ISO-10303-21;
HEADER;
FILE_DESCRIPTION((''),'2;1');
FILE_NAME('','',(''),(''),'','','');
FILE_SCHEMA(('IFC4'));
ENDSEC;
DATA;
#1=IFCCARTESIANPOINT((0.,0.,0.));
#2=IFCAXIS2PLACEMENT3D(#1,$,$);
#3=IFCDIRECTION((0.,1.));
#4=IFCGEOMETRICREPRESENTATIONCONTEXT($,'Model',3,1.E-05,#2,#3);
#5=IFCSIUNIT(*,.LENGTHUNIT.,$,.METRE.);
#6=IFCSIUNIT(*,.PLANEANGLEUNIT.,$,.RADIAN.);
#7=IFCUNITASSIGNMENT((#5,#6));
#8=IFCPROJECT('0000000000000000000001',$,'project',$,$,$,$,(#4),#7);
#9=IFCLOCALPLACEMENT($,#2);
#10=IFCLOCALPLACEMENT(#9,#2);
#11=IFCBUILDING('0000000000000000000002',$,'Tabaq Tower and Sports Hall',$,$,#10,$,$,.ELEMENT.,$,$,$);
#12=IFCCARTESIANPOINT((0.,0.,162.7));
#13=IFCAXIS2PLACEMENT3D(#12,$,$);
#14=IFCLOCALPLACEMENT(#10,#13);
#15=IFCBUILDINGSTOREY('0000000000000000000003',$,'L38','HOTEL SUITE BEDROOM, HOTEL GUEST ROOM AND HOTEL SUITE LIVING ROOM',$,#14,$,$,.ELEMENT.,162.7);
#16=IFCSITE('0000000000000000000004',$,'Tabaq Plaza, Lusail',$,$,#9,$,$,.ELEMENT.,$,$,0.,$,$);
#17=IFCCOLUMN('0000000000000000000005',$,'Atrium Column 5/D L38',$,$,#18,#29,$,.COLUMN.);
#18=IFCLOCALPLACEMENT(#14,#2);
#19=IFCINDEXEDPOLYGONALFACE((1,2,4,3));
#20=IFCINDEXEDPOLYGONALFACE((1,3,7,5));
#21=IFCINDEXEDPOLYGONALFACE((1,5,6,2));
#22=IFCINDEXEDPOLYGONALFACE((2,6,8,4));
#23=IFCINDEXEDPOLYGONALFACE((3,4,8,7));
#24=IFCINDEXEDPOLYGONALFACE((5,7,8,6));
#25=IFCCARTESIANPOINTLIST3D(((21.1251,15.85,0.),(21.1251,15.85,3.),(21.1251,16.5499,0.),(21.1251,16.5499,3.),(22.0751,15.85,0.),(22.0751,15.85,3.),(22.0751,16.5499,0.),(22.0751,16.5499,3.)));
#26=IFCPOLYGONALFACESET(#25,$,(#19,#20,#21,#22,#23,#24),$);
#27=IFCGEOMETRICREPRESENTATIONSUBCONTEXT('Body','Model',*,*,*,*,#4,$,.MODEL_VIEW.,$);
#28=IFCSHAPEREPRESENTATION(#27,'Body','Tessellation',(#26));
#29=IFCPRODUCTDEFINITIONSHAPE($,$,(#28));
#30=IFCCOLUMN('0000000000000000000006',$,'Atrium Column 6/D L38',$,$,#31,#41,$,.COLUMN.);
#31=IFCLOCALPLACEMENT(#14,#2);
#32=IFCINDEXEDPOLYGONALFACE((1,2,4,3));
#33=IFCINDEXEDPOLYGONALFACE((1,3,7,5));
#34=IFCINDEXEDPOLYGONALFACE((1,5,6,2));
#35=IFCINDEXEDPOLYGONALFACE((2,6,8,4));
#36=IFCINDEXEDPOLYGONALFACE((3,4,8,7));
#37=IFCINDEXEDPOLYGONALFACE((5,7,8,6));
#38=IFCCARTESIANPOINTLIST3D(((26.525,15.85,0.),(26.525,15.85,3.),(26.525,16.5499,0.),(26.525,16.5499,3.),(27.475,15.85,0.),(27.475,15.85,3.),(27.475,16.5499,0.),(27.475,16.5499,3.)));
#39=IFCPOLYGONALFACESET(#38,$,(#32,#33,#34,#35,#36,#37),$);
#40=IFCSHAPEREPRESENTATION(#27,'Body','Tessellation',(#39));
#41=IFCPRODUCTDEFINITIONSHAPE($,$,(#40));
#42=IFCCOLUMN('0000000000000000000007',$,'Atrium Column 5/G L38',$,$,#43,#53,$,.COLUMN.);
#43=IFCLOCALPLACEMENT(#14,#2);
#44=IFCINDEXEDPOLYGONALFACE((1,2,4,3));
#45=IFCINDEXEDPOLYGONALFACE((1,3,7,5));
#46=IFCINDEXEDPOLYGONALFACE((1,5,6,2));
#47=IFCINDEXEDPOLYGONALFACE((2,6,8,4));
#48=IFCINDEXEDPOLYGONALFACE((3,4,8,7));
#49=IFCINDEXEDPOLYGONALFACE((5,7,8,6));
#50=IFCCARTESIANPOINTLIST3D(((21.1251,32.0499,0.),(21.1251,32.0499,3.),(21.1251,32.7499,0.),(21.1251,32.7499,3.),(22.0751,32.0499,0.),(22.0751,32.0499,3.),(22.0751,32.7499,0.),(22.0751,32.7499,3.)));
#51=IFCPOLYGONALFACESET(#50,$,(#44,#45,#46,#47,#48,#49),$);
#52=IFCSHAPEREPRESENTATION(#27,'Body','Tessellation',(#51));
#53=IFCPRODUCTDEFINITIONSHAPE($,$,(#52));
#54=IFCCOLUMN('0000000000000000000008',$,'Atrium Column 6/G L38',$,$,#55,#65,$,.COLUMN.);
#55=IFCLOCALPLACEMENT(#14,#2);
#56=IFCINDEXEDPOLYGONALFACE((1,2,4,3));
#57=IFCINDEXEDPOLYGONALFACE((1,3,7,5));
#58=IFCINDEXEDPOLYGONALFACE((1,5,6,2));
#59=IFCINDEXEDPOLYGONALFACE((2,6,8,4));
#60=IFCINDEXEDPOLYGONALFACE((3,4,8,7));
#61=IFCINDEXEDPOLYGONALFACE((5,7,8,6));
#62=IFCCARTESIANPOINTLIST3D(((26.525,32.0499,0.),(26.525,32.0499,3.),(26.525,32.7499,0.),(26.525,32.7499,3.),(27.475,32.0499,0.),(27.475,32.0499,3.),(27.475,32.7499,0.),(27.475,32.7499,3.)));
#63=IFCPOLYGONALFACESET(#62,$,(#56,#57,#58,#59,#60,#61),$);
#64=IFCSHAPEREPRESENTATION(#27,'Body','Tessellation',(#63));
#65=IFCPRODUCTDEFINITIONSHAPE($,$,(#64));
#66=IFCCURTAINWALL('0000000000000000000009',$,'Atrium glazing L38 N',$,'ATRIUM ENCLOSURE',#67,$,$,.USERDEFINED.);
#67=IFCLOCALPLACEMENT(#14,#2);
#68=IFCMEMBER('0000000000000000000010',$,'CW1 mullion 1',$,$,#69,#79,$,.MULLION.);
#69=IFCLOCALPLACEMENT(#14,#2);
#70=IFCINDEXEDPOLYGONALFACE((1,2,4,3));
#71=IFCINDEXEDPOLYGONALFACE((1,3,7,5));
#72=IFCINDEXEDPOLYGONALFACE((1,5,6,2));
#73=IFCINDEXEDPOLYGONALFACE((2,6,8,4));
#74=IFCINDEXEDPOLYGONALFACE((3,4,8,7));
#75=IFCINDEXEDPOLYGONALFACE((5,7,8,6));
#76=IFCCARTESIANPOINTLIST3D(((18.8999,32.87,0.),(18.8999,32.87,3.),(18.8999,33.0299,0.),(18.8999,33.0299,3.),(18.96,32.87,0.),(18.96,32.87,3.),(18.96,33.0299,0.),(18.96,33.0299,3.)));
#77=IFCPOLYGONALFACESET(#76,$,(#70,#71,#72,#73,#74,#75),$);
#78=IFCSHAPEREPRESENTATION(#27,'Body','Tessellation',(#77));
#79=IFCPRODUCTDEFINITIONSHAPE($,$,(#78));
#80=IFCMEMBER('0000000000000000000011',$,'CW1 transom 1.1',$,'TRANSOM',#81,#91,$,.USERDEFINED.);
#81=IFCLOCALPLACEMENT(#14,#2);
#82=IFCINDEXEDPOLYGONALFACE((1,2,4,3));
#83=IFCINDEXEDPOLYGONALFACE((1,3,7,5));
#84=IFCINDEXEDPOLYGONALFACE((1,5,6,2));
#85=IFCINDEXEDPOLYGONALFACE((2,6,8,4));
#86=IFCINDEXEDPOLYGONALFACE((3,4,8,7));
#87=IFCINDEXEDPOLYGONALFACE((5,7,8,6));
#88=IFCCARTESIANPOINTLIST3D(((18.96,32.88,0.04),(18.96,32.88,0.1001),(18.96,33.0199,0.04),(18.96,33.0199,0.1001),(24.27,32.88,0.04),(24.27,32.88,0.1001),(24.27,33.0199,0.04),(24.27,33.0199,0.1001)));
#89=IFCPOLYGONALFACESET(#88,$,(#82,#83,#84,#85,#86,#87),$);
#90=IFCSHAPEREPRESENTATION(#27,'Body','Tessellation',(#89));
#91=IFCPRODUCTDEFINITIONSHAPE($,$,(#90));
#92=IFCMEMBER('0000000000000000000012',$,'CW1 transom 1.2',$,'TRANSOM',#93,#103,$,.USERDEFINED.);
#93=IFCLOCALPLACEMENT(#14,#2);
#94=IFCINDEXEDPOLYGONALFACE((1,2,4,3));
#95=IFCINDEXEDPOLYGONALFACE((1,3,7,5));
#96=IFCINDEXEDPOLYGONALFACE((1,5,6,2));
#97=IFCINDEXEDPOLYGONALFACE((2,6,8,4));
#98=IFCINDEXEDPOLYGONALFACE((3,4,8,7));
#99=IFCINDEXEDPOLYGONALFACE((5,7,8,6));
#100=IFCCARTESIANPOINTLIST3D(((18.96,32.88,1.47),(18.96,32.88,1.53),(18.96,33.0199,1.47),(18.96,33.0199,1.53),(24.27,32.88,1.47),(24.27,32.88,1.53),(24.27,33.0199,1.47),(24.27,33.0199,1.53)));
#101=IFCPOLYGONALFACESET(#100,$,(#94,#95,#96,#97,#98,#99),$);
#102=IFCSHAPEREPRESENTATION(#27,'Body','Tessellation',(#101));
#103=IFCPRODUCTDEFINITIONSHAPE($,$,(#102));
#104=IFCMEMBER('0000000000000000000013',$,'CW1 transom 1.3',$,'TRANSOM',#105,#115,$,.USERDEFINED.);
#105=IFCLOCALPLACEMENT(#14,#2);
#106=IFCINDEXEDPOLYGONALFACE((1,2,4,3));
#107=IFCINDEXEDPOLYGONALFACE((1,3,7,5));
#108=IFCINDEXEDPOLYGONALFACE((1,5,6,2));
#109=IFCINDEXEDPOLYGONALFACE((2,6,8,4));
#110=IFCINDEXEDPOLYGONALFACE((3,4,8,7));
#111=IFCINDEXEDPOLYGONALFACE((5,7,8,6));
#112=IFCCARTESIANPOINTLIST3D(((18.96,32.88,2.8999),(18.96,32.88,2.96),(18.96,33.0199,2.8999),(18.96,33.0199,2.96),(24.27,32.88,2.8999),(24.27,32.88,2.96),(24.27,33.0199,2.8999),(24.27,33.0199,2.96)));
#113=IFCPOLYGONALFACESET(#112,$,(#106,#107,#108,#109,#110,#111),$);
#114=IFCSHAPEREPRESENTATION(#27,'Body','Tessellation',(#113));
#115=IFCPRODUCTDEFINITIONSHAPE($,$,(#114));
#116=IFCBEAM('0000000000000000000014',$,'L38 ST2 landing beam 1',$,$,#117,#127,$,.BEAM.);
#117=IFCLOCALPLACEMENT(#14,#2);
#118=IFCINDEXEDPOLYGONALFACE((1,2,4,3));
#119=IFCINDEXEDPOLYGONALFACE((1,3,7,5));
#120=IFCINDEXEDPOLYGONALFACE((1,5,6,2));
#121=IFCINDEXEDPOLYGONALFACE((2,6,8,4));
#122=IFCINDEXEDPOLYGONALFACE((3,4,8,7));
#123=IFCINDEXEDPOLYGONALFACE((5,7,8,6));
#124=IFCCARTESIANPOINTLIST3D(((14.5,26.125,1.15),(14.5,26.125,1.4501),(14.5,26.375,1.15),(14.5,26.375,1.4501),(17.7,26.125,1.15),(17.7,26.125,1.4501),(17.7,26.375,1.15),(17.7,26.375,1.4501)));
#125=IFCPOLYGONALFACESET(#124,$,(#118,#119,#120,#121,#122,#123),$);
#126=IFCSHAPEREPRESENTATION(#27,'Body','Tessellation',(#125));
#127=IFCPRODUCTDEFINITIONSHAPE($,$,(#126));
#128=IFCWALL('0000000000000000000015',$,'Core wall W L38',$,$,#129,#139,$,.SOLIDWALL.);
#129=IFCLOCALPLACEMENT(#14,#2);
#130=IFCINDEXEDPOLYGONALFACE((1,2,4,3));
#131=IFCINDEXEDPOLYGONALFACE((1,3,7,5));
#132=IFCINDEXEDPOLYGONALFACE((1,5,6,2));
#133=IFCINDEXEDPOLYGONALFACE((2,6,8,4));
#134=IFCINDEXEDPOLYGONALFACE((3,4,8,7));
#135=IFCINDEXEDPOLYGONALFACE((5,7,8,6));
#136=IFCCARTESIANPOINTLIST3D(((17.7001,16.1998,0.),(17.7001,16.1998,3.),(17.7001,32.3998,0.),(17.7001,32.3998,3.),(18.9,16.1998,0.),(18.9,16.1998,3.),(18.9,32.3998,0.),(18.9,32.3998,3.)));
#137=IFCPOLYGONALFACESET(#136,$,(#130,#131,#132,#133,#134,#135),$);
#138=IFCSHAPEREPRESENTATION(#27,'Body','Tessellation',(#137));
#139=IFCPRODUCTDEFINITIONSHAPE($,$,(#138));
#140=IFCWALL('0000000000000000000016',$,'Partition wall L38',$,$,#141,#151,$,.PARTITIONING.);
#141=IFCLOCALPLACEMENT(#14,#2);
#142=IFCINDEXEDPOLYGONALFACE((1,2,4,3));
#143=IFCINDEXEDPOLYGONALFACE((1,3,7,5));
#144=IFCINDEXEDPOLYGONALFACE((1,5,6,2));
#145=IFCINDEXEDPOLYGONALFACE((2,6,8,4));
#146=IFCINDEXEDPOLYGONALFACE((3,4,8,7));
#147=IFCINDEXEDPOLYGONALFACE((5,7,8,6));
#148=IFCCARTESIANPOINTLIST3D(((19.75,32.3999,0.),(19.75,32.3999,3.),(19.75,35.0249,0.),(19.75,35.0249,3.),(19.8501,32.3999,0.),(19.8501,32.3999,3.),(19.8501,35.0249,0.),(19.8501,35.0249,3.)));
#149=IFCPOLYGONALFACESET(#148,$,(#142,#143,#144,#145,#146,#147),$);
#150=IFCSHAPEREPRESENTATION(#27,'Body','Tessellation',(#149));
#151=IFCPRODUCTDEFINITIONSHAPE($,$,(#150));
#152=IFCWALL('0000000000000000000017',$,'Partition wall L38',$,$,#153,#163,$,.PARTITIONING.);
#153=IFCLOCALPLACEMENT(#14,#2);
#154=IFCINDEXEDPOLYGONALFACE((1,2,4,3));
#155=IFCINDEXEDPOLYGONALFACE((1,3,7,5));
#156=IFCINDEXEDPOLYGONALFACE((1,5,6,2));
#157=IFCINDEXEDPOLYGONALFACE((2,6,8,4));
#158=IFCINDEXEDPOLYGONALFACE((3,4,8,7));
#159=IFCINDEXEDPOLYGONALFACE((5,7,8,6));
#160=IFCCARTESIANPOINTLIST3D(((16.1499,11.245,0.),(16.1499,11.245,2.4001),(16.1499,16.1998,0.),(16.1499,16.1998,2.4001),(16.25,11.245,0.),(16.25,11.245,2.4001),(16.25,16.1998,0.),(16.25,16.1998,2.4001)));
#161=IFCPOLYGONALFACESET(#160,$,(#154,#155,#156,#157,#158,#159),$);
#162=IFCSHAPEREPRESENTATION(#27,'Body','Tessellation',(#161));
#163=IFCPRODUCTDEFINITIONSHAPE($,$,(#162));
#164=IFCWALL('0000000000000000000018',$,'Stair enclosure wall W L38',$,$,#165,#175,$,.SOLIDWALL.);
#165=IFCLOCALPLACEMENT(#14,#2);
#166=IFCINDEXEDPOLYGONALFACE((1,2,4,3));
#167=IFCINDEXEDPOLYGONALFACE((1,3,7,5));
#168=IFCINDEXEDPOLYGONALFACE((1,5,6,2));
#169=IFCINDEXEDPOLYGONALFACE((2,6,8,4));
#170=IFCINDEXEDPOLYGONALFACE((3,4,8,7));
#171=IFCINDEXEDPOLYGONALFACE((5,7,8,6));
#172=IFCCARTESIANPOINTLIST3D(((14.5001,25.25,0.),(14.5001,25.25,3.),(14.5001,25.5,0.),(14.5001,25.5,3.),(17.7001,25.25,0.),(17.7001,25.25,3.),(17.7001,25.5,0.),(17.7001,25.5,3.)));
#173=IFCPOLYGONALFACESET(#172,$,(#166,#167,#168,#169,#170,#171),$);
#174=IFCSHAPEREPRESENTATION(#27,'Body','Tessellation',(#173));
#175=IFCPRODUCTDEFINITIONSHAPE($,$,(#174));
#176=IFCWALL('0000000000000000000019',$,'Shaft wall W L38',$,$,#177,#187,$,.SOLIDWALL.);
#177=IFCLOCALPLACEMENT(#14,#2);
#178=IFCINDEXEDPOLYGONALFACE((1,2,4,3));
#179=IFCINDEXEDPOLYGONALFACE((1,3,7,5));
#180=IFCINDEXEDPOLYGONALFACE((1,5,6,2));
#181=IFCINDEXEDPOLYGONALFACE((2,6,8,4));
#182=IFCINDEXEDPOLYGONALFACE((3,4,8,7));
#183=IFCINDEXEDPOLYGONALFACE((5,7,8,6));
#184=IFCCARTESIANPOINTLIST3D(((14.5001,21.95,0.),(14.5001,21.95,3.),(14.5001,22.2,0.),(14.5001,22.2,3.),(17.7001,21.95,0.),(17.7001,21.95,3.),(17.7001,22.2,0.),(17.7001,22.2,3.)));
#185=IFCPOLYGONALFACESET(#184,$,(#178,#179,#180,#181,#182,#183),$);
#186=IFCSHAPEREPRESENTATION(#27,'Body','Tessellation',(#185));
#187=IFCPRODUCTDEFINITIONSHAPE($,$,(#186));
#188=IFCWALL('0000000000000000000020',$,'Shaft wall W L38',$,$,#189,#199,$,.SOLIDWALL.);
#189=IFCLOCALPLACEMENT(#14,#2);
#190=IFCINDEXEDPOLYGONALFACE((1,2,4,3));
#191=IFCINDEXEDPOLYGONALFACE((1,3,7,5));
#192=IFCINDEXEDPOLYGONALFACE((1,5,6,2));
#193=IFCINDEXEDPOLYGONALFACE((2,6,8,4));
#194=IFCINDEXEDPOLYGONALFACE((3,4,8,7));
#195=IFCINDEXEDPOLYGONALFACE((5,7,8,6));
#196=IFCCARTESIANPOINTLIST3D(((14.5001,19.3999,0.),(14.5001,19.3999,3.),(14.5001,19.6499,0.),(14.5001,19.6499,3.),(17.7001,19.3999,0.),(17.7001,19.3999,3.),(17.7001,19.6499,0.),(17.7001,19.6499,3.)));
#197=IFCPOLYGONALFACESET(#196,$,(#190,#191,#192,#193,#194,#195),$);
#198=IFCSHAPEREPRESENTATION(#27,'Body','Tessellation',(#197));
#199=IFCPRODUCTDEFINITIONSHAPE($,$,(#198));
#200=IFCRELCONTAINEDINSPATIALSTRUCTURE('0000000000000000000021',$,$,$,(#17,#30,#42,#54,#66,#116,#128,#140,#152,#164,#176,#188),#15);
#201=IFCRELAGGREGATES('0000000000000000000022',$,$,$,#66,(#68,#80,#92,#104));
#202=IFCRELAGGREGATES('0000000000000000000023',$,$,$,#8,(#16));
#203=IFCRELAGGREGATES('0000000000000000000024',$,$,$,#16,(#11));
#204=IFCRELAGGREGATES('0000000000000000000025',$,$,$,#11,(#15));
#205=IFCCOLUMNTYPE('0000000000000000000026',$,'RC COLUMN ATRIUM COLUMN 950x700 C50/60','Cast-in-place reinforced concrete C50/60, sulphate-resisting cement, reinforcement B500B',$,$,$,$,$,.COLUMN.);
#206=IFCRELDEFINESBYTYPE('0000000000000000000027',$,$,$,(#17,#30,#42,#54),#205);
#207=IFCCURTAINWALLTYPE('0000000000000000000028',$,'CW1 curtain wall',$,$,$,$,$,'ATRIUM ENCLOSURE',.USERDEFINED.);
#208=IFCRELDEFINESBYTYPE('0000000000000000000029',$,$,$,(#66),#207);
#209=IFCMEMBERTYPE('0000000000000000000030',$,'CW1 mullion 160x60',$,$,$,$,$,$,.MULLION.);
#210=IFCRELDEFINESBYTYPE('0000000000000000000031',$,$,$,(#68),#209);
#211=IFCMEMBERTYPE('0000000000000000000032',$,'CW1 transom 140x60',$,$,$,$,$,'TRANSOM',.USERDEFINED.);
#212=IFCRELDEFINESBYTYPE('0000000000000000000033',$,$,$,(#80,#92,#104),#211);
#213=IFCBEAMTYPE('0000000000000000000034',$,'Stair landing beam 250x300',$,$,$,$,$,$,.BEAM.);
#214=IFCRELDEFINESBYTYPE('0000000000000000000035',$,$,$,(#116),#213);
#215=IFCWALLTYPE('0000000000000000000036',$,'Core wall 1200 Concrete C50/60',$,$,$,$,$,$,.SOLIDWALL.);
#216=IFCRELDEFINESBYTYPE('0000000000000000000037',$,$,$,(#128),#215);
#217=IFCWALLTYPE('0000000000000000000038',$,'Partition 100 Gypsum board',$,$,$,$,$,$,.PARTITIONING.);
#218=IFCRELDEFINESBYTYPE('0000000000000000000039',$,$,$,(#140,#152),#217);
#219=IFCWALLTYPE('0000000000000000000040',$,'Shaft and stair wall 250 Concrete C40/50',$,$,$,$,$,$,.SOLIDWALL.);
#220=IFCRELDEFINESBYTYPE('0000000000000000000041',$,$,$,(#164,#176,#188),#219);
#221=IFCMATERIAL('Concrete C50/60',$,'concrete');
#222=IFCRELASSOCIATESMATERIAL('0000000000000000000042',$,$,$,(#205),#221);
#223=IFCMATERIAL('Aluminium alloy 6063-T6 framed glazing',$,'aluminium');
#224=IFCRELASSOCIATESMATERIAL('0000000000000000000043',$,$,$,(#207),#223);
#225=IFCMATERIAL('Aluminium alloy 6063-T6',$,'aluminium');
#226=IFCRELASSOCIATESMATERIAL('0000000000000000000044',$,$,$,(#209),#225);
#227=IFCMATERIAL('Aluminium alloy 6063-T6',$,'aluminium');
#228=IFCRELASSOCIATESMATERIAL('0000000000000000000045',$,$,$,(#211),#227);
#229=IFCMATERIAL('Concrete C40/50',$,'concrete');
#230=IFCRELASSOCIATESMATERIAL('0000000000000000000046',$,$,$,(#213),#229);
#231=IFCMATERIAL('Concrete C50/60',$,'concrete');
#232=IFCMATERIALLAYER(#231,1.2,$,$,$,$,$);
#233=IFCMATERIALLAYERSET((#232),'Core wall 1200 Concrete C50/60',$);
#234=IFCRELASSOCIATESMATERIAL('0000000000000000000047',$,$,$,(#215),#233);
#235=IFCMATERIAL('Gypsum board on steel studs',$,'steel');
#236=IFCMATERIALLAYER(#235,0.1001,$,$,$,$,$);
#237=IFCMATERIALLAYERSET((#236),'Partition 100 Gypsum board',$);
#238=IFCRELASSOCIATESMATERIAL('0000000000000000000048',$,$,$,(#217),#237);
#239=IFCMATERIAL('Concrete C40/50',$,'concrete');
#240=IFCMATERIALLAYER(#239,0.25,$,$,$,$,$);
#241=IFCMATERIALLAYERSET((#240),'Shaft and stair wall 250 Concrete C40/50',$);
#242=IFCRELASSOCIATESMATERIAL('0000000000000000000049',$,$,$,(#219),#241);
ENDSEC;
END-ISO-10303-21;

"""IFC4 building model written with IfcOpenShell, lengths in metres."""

from ifc_helpers import new_model, si_unit, direction, frame, frame_2d, origin, origin_2d, place, context, subcontext, project, spatial, rectangle, extrude, material, layer, layer_set, material_profile, profile_set, type_object, element, aggregate, save


model = new_model("IFC4")

# Units and contexts
model_context = context("Model", 3, precision=1e-05, world=origin(), true_north=direction((0.0, 1.0)))
body_context = subcontext(model_context, "Body", "Model", "MODEL_VIEW")
ifc_project = project(units=[si_unit("LENGTHUNIT", "METRE"), si_unit("PLANEANGLEUNIT", "RADIAN")], contexts=[model_context])

# Site, building, storey
site_placement = place(None, origin())
site = spatial("IfcSite", under=ifc_project, at=site_placement, Name="Tabaq Plaza, Lusail", CompositionType="ELEMENT", RefElevation=0.0)
building_placement = place(site_placement, origin())
building = spatial("IfcBuilding", under=site, at=building_placement, Name="Tabaq Tower and Sports Hall", CompositionType="ELEMENT")
storey_placement = place(building_placement, frame((0.0, 0.0, 162.7)))
storey = spatial("IfcBuildingStorey", under=building, at=storey_placement, Name="L38", Description="HOTEL SUITE BEDROOM, HOTEL GUEST ROOM AND HOTEL SUITE LIVING ROOM", CompositionType="ELEMENT", Elevation=162.7)

# Columns
ifc_material_1 = material(Name="Concrete C50/60", Category="concrete")
ifc_material_profile_1 = material_profile(ifc_material_1, rectangle(XDim=0.95, YDim=0.7, at=origin_2d()), Name="ATRIUM COLUMN 950x700")
ifc_profile_set_1 = profile_set([ifc_material_profile_1], Name="Concrete C50/60")
column_type = type_object("IfcColumnType", Name="RC COLUMN ATRIUM COLUMN 950x700 C50/60", Description="Cast-in-place reinforced concrete C50/60, sulphate-resisting cement, reinforcement B500B", PredefinedType="COLUMN", material=ifc_profile_set_1)
for number, where, z_axis, x_axis, name in (
    (1, (21.6001, 16.2, 0.0), (0.0, 0.0, 1.0), (1.0, 0.0, 0.0), "Atrium Column 5/D L38"),
    (2, (27.0, 16.2, 0.0), (0.0, 0.0, 1.0), (1.0, 0.0, 0.0), "Atrium Column 6/D L38"),
    (3, (21.6001, 32.3999, 0.0), (0.0, 0.0, 1.0), (1.0, 0.0, 0.0), "Atrium Column 5/G L38"),
    (4, (27.0, 32.3999, 0.0), (0.0, 0.0, 1.0), (1.0, 0.0, 0.0), "Atrium Column 6/G L38"),
):
    element("IfcColumn", number, at=place(storey_placement, frame(where, z_axis=z_axis, x_axis=x_axis)), inside=storey, type_object=column_type, Name=name, PredefinedType="COLUMN", context=body_context, shape_type="SweptSolid", body=[
        extrude(rectangle(XDim=0.95, YDim=0.7, at=origin_2d()), origin(), (0.0, 0.0, 1.0), 3.0),
    ])

# Curtain wall, members
ifc_material_2 = material(Name="Aluminium alloy 6063-T6 framed glazing", Category="aluminium")
curtain_wall_type = type_object("IfcCurtainWallType", Name="CW1 curtain wall", ElementType="ATRIUM ENCLOSURE", PredefinedType="USERDEFINED", material=ifc_material_2)
curtain_wall_placement = place(storey_placement, origin())
curtain_wall = element("IfcCurtainWall", 5, at=curtain_wall_placement, inside=storey, type_object=curtain_wall_type, Name="Atrium glazing L38 N", ObjectType="ATRIUM ENCLOSURE", PredefinedType="USERDEFINED")
ifc_material_3 = material(Name="Aluminium alloy 6063-T6", Category="aluminium")
ifc_material_profile_2 = material_profile(ifc_material_3, rectangle(XDim=0.1599, YDim=0.0601, at=origin_2d()), Name="MULLION 160x60")
ifc_profile_set_2 = profile_set([ifc_material_profile_2], Name="Aluminium alloy 6063-T6")
member_type_1 = type_object("IfcMemberType", Name="CW1 mullion 160x60", PredefinedType="MULLION", material=ifc_profile_set_2)
member_1_placement = place(storey_placement, frame((18.9299, 32.95, 0.0), z_axis=(0.0, 0.0, 1.0), x_axis=(0.0, 1.0, 0.0)))
member_1 = element("IfcMember", 6, at=member_1_placement, type_object=member_type_1, Name="CW1 mullion 1", PredefinedType="MULLION", context=body_context, shape_type="SweptSolid", body=[
    extrude(rectangle(XDim=0.1599, YDim=0.0601, at=origin_2d()), origin(), (0.0, 0.0, 1.0), 3.0),
])
ifc_material_4 = material(Name="Aluminium alloy 6063-T6", Category="aluminium")
ifc_material_profile_3 = material_profile(ifc_material_4, rectangle(XDim=0.1399, YDim=0.0601, at=origin_2d()), Name="TRANSOM 140x60")
ifc_profile_set_3 = profile_set([ifc_material_profile_3], Name="Aluminium alloy 6063-T6")
member_type_2 = type_object("IfcMemberType", Name="CW1 transom 140x60", ElementType="TRANSOM", PredefinedType="USERDEFINED", material=ifc_profile_set_3)
member_2_placement = place(storey_placement, frame((18.96, 32.95, 0.0701), z_axis=(1.0, 0.0, 0.0), x_axis=(0.0, 1.0, 0.0)))
member_2 = element("IfcMember", 7, at=member_2_placement, type_object=member_type_2, Name="CW1 transom 1.1", ObjectType="TRANSOM", PredefinedType="USERDEFINED", context=body_context, shape_type="SweptSolid", body=[
    extrude(rectangle(XDim=0.1399, YDim=0.0601, at=origin_2d()), origin(), (0.0, 0.0, 1.0), 5.3101),
])
member_3_placement = place(storey_placement, frame((18.96, 32.95, 1.5), z_axis=(1.0, 0.0, 0.0), x_axis=(0.0, 1.0, 0.0)))
member_3 = element("IfcMember", 8, at=member_3_placement, type_object=member_type_2, Name="CW1 transom 1.2", ObjectType="TRANSOM", PredefinedType="USERDEFINED", context=body_context, shape_type="SweptSolid", body=[
    extrude(rectangle(XDim=0.1399, YDim=0.0601, at=origin_2d()), origin(), (0.0, 0.0, 1.0), 5.3101),
])
member_4_placement = place(storey_placement, frame((18.96, 32.95, 2.9299), z_axis=(1.0, 0.0, 0.0), x_axis=(0.0, 1.0, 0.0)))
member_4 = element("IfcMember", 9, at=member_4_placement, type_object=member_type_2, Name="CW1 transom 1.3", ObjectType="TRANSOM", PredefinedType="USERDEFINED", context=body_context, shape_type="SweptSolid", body=[
    extrude(rectangle(XDim=0.1399, YDim=0.0601, at=origin_2d()), origin(), (0.0, 0.0, 1.0), 5.3101),
])
aggregate(curtain_wall, [member_1, member_2, member_3, member_4])

# Beam
ifc_material_5 = material(Name="Concrete C40/50", Category="concrete")
ifc_material_profile_4 = material_profile(ifc_material_5, rectangle(XDim=0.25, YDim=0.3, at=origin_2d()), Name="RC 250x300")
ifc_profile_set_4 = profile_set([ifc_material_profile_4], Name="Concrete C40/50")
beam_type = type_object("IfcBeamType", Name="Stair landing beam 250x300", PredefinedType="BEAM", material=ifc_profile_set_4)
beam_placement = place(storey_placement, frame((14.5, 26.25, 1.3), z_axis=(1.0, 0.0, 0.0), x_axis=(0.0, 1.0, 0.0)))
element("IfcBeam", 10, at=beam_placement, inside=storey, type_object=beam_type, Name="L38 ST2 landing beam 1", PredefinedType="BEAM", context=body_context, shape_type="SweptSolid", body=[
    extrude(rectangle(XDim=0.25, YDim=0.3, at=origin_2d()), origin(), (0.0, 0.0, 1.0), 3.2),
])

# Wall
ifc_material_6 = material(Name="Concrete C50/60", Category="concrete")
ifc_layer_1 = layer(ifc_material_6, 1.2)
ifc_layer_set_1 = layer_set([ifc_layer_1], Name="Core wall 1200 Concrete C50/60")
wall_type_1 = type_object("IfcWallType", Name="Core wall 1200 Concrete C50/60", PredefinedType="SOLIDWALL", material=ifc_layer_set_1)
wall_1_placement = place(storey_placement, frame((18.3, 32.3999, 0.0), z_axis=(0.0, 0.0, 1.0), x_axis=(0.0, -1.0, 0.0)))
element("IfcWall", 11, at=wall_1_placement, inside=storey, type_object=wall_type_1, Name="Core wall W L38", PredefinedType="SOLIDWALL", context=body_context, shape_type="SweptSolid", body=[
    extrude(rectangle(XDim=16.2, YDim=1.2, at=frame_2d((8.1001, 0.0))), origin(), (0.0, 0.0, 1.0), 3.0),
])

# Walls
ifc_material_7 = material(Name="Gypsum board on steel studs", Category="steel")
ifc_layer_2 = layer(ifc_material_7, 0.1001)
ifc_layer_set_2 = layer_set([ifc_layer_2], Name="Partition 100 Gypsum board")
wall_type_2 = type_object("IfcWallType", Name="Partition 100 Gypsum board", PredefinedType="PARTITIONING", material=ifc_layer_set_2)
wall_2_placement = place(storey_placement, frame((19.8, 32.3999, 0.0), z_axis=(0.0, 0.0, 1.0), x_axis=(0.0, 1.0, 0.0)))
element("IfcWall", 12, at=wall_2_placement, inside=storey, type_object=wall_type_2, Name="Partition wall L38", PredefinedType="PARTITIONING", context=body_context, shape_type="SweptSolid", body=[
    extrude(rectangle(XDim=2.625, YDim=0.1001, at=frame_2d((1.3125, 0.0))), origin(), (0.0, 0.0, 1.0), 3.0),
])
wall_3_placement = place(storey_placement, frame((16.2, 16.2, 0.0), z_axis=(0.0, 0.0, 1.0), x_axis=(0.0, -1.0, 0.0)))
element("IfcWall", 13, at=wall_3_placement, inside=storey, type_object=wall_type_2, Name="Partition wall L38", PredefinedType="PARTITIONING", context=body_context, shape_type="SweptSolid", body=[
    extrude(rectangle(XDim=4.9548, YDim=0.1001, at=frame_2d((2.4775, 0.0))), origin(), (0.0, 0.0, 1.0), 2.4001),
])
ifc_material_8 = material(Name="Concrete C40/50", Category="concrete")
ifc_layer_3 = layer(ifc_material_8, 0.25)
ifc_layer_set_3 = layer_set([ifc_layer_3], Name="Shaft and stair wall 250 Concrete C40/50")
wall_type_3 = type_object("IfcWallType", Name="Shaft and stair wall 250 Concrete C40/50", PredefinedType="SOLIDWALL", material=ifc_layer_set_3)
for number, where, z_axis, x_axis, name in (
    (14, (14.5, 25.375, 0.0), (0.0, 0.0, 1.0), (1.0, 0.0, 0.0), "Stair enclosure wall W L38"),
    (15, (14.5, 22.075, 0.0), (0.0, 0.0, 1.0), (1.0, 0.0, 0.0), "Shaft wall W L38"),
    (16, (14.5, 19.5249, 0.0), (0.0, 0.0, 1.0), (1.0, 0.0, 0.0), "Shaft wall W L38"),
):
    element("IfcWall", number, at=place(storey_placement, frame(where, z_axis=z_axis, x_axis=x_axis)), inside=storey, type_object=wall_type_3, Name=name, PredefinedType="SOLIDWALL", context=body_context, shape_type="SweptSolid", body=[
        extrude(rectangle(XDim=3.2, YDim=0.25, at=frame_2d((1.6001, 0.0))), origin(), (0.0, 0.0, 1.0), 3.0),
    ])

save(model, "model.ifc")
